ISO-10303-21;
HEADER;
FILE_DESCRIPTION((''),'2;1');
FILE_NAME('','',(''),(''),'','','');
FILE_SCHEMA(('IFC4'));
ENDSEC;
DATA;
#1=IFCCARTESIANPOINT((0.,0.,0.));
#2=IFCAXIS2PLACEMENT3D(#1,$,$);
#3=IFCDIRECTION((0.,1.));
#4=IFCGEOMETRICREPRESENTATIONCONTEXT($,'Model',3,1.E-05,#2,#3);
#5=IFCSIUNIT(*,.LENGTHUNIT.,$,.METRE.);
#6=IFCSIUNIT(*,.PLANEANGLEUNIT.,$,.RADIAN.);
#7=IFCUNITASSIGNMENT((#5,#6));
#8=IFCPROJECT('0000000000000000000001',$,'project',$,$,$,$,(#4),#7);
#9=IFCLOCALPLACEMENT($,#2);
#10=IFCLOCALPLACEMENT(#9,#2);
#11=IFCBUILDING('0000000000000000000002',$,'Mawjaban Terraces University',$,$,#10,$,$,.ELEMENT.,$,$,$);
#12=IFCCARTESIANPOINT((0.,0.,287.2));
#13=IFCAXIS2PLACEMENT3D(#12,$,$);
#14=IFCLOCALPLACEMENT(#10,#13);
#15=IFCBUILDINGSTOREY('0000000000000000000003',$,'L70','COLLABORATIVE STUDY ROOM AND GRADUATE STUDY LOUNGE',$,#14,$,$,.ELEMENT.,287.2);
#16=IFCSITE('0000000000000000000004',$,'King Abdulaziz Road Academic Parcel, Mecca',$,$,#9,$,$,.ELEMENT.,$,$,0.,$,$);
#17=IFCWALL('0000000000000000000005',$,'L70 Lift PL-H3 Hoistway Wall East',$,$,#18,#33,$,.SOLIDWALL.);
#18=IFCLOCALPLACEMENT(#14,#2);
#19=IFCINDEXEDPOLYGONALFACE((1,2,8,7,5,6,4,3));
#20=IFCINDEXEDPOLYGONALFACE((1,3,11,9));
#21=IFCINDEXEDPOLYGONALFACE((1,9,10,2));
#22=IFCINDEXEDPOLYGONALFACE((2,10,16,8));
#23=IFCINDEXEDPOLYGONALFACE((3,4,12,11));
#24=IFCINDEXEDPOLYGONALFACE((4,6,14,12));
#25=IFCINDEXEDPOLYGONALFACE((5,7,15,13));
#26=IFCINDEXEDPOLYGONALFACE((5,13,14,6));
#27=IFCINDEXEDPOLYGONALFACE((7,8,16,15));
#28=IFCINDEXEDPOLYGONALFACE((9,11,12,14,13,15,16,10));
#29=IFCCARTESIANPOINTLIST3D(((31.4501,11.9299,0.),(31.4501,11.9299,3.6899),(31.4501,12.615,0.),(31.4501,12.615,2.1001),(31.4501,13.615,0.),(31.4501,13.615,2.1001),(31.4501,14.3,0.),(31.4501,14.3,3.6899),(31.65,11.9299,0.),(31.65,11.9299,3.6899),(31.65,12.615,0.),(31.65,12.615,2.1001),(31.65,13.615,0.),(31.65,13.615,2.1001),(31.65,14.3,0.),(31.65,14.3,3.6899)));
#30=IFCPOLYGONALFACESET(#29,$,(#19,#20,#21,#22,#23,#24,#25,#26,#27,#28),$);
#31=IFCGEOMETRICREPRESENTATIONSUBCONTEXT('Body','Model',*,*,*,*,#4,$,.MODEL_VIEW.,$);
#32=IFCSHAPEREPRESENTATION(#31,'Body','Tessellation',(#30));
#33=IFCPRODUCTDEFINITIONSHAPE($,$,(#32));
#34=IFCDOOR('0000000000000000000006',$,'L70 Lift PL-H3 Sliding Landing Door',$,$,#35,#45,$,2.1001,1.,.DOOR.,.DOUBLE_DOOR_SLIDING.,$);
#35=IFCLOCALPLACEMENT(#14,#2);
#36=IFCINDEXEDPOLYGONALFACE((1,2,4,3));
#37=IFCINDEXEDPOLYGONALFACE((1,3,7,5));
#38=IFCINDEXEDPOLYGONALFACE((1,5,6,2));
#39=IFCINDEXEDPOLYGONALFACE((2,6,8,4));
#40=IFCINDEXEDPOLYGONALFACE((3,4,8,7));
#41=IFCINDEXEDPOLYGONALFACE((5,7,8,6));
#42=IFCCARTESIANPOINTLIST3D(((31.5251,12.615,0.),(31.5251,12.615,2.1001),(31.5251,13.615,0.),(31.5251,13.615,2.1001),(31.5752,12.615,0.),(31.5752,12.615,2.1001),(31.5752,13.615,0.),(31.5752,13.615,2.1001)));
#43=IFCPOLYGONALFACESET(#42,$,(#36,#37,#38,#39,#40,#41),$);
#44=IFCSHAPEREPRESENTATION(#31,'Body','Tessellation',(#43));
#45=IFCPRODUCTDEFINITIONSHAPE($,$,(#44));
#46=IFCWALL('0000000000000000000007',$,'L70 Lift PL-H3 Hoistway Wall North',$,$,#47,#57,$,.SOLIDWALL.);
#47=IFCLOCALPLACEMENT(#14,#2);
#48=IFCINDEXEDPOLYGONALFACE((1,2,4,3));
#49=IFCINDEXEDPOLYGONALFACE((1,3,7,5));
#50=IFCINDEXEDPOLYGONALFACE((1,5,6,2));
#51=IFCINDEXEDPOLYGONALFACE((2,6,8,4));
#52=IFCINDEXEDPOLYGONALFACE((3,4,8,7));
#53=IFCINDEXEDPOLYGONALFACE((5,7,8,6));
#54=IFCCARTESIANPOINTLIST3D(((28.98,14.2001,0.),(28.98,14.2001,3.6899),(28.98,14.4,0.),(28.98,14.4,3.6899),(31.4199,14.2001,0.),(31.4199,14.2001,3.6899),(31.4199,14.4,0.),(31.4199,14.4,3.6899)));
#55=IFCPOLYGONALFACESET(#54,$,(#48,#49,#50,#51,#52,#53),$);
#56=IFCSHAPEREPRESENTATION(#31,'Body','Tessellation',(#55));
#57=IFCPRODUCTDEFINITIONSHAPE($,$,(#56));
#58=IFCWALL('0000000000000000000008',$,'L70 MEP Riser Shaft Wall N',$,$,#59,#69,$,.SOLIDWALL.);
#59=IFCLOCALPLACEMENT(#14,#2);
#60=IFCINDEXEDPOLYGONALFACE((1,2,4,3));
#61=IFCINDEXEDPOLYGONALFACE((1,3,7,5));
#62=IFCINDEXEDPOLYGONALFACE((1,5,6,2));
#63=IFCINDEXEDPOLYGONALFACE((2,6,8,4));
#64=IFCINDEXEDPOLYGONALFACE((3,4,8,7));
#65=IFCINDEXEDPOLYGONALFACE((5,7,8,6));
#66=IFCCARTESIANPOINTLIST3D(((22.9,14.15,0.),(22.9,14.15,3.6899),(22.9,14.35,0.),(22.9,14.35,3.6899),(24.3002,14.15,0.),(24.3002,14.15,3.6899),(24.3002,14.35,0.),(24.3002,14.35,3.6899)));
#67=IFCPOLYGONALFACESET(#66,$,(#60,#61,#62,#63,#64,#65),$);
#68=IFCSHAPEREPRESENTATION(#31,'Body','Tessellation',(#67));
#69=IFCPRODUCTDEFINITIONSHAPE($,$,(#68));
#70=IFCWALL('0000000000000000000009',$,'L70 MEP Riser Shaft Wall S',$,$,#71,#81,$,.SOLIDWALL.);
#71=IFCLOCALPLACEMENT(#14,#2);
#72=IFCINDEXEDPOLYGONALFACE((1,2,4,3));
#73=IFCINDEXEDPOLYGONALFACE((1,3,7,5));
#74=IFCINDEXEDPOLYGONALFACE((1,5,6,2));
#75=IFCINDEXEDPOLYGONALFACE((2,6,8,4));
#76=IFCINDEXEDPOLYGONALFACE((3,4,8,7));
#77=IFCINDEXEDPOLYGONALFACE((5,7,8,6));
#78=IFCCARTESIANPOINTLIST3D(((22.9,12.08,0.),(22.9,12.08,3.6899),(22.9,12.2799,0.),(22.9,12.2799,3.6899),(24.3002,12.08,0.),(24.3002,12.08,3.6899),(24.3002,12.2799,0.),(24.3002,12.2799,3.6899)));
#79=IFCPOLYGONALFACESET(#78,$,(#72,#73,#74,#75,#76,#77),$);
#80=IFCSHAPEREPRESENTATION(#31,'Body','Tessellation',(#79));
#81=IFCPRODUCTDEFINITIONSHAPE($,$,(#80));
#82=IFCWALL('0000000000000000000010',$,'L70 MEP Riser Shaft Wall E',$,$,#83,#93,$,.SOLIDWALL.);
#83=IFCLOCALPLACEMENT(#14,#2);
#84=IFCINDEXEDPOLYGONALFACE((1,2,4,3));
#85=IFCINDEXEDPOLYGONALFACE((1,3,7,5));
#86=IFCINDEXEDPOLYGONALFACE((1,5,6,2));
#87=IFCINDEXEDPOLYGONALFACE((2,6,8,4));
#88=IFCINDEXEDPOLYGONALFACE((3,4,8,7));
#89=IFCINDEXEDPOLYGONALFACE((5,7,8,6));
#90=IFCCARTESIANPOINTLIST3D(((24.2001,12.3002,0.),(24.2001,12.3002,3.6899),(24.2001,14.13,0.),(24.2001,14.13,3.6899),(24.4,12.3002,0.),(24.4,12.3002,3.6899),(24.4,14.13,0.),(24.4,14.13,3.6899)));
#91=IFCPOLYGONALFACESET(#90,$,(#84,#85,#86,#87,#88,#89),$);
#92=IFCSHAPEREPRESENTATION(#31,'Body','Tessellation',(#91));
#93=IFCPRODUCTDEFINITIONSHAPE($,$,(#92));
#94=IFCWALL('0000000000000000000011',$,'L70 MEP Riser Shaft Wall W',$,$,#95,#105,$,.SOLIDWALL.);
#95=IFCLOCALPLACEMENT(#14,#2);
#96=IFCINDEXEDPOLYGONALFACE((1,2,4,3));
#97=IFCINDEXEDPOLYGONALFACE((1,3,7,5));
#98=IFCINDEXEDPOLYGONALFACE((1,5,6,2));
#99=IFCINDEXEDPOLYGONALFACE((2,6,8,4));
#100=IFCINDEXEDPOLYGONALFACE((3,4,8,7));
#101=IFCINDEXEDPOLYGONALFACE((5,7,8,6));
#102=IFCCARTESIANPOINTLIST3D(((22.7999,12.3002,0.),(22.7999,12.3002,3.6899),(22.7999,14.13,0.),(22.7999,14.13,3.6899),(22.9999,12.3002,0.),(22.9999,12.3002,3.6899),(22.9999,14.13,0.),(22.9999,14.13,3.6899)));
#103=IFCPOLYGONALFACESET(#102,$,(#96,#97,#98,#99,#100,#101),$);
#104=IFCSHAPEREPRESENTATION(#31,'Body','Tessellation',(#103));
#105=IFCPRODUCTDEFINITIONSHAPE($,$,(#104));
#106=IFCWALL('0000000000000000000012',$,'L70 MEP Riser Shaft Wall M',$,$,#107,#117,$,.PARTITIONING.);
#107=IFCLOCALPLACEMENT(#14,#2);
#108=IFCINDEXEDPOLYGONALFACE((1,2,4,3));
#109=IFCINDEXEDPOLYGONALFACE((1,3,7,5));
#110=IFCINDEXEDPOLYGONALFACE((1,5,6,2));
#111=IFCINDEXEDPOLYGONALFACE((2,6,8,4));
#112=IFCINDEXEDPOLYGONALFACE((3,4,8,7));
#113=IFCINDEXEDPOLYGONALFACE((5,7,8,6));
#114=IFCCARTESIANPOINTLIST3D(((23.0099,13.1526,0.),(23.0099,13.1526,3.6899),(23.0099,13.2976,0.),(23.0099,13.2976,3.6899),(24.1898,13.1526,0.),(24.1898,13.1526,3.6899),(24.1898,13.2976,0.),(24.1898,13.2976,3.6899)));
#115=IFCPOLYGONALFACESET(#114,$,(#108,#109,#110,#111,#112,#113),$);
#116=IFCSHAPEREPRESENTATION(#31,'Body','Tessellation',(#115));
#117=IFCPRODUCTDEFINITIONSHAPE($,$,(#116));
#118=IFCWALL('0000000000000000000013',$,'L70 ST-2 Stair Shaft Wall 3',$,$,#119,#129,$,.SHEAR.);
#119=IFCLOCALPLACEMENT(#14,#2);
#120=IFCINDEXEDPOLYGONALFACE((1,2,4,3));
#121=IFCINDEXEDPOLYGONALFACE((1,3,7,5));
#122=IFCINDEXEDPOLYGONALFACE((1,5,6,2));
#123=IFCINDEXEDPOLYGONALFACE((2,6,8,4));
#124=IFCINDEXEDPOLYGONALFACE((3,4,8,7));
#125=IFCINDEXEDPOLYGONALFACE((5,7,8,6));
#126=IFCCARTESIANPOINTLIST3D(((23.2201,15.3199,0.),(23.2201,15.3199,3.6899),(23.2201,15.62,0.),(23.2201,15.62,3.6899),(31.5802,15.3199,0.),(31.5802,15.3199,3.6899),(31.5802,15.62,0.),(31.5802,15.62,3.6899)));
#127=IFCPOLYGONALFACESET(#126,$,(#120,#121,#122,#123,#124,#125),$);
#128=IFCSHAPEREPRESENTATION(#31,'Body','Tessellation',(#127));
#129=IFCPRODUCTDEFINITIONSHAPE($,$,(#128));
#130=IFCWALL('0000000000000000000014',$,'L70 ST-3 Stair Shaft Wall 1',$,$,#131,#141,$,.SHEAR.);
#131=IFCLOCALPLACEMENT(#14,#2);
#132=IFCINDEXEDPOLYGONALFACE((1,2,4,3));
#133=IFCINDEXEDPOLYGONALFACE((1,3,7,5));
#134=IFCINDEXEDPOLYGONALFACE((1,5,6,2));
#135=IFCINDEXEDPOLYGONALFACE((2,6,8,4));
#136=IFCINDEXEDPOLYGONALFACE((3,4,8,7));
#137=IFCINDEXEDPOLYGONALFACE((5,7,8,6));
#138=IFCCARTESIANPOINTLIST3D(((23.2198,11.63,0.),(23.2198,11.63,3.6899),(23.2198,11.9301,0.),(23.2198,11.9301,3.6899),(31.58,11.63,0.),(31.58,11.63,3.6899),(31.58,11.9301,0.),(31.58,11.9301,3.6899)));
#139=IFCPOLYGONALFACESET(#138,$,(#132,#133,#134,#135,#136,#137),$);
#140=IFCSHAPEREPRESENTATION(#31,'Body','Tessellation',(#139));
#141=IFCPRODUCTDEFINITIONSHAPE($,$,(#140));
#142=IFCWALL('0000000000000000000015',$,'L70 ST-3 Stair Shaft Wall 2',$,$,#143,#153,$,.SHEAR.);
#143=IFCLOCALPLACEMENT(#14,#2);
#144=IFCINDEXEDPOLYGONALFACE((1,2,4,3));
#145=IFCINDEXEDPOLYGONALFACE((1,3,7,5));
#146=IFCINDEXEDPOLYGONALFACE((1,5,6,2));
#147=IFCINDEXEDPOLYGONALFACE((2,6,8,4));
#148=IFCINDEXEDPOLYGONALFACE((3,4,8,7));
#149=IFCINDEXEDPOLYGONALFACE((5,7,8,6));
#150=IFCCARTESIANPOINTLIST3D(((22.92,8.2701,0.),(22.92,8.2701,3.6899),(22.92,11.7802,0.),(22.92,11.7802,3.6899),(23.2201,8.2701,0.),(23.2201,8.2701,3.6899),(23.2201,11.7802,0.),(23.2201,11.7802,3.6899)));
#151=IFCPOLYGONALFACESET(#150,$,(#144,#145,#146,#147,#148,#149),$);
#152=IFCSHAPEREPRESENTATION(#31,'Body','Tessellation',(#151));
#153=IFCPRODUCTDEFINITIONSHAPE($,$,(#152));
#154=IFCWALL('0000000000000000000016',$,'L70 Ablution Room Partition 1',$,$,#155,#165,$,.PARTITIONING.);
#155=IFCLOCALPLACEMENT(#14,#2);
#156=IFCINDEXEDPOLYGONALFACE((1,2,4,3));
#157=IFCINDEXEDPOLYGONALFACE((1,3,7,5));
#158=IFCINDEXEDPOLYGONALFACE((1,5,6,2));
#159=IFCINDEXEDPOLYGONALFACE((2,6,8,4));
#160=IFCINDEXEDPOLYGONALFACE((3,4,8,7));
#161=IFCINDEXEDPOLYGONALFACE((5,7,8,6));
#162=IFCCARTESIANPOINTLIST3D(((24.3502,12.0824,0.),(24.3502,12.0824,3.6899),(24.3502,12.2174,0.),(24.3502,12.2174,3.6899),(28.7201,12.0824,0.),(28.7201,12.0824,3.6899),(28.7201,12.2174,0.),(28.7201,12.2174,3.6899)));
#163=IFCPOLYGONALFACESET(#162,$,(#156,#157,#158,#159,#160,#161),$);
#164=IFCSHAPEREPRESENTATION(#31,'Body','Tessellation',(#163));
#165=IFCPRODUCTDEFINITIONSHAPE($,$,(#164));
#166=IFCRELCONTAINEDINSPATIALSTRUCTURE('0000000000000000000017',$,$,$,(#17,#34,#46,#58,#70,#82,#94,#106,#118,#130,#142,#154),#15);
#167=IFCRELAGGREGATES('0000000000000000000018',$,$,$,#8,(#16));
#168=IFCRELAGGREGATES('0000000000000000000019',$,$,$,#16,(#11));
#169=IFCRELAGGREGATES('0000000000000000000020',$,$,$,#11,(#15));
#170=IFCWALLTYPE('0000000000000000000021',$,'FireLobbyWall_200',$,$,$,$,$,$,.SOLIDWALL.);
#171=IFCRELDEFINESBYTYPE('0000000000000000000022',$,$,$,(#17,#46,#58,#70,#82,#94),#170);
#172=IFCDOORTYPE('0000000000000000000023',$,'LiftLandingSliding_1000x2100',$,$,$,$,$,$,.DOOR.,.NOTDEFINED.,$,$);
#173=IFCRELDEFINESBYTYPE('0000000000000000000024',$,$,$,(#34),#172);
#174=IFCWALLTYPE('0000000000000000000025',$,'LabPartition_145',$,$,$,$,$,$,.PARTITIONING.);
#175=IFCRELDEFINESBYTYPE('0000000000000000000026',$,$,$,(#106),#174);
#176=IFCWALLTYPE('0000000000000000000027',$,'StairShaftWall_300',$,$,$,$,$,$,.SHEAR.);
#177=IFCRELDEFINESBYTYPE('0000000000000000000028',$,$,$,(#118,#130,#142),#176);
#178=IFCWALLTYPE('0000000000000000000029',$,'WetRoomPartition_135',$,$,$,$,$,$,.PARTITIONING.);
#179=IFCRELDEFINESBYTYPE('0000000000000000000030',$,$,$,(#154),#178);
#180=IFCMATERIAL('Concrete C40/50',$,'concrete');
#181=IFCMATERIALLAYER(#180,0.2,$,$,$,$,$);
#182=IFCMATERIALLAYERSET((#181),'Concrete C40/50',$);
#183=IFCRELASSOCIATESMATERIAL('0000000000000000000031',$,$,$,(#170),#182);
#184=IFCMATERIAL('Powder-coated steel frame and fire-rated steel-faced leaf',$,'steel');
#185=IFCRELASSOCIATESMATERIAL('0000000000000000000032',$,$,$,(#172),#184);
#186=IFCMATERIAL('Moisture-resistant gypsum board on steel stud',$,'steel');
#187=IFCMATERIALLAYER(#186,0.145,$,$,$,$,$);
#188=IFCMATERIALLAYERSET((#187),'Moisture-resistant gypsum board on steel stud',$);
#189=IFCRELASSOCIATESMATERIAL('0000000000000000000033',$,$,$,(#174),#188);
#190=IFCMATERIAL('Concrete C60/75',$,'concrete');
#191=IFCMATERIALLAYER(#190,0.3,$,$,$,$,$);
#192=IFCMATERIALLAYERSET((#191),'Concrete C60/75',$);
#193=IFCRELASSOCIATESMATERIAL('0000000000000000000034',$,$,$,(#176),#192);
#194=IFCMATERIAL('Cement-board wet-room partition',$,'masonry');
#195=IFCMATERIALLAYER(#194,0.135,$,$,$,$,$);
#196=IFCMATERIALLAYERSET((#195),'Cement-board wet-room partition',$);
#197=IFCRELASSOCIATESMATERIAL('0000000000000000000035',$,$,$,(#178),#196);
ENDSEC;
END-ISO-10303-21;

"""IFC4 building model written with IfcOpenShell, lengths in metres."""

from ifc_helpers import new_model, si_unit, direction, frame, frame_2d, origin, place, context, subcontext, project, spatial, rectangle, extrude, material, layer, layer_set, type_object, element, fill, save


model = new_model("IFC4")

# Units and contexts
model_context = context("Model", 3, precision=1e-05, world=origin(), true_north=direction((0.0, 1.0)))
body_context = subcontext(model_context, "Body", "Model", "MODEL_VIEW")
ifc_project = project(units=[si_unit("LENGTHUNIT", "METRE"), si_unit("PLANEANGLEUNIT", "RADIAN")], contexts=[model_context])

# Site, building, storey
site_placement = place(None, origin())
site = spatial("IfcSite", under=ifc_project, at=site_placement, Name="King Abdulaziz Road Academic Parcel, Mecca", CompositionType="ELEMENT", RefElevation=0.0)
building_placement = place(site_placement, origin())
building = spatial("IfcBuilding", under=site, at=building_placement, Name="Mawjaban Terraces University", CompositionType="ELEMENT")
storey_placement = place(building_placement, frame((0.0, 0.0, 287.2)))
storey = spatial("IfcBuildingStorey", under=building, at=storey_placement, Name="L70", Description="COLLABORATIVE STUDY ROOM AND GRADUATE STUDY LOUNGE", CompositionType="ELEMENT", Elevation=287.2)

# Shared definitions
ifc_material_1 = material(Name="Concrete C40/50", Category="concrete")
ifc_layer_1 = layer(ifc_material_1, 0.2)
ifc_layer_set_1 = layer_set([ifc_layer_1], Name="Concrete C40/50")
wall_type_1 = type_object("IfcWallType", Name="FireLobbyWall_200", PredefinedType="SOLIDWALL", material=ifc_layer_set_1)
ifc_material_2 = material(Name="Powder-coated steel frame and fire-rated steel-faced leaf", Category="steel")
door_type_1 = type_object("IfcDoorType", Name="LiftLandingSliding_1000x2100", OperationType="NOTDEFINED", PredefinedType="DOOR", material=ifc_material_2)

# Wall, opening, door
wall_1_placement = place(storey_placement, frame((31.55, 11.9299, 0.0), z_axis=(0.0, 0.0, 1.0), x_axis=(0.0, 1.0, 0.0)))
wall_1 = element("IfcWall", 1, at=wall_1_placement, inside=storey, type_object=wall_type_1, Name="L70 Lift PL-H3 Hoistway Wall East", PredefinedType="SOLIDWALL", context=body_context, shape_type="SweptSolid", body=[
    extrude(rectangle(XDim=2.3701, YDim=0.2, at=frame_2d((1.1851, 0.0))), origin(), (0.0, 0.0, 1.0), 3.6899),
])
opening_1_placement = place(wall_1_placement, frame((0.6851, 0.0, 0.0)))
opening_1 = element("IfcOpeningElement", 2, at=opening_1_placement, cuts=wall_1, PredefinedType="OPENING", context=body_context, shape_type="SweptSolid", body=[
    extrude(rectangle(XDim=1.0, YDim=2.1001, at=frame_2d((0.5, 1.05))), frame((0.0, 0.1099, 0.0), z_axis=(0.0, -1.0, 0.0), x_axis=(1.0, 0.0, 0.0)), (0.0, 0.0, 1.0), 0.22),
])
door_1_placement = place(opening_1_placement, origin())
door_1 = element("IfcDoor", 3, at=door_1_placement, inside=storey, type_object=door_type_1, Name="L70 Lift PL-H3 Sliding Landing Door", OperationType="DOUBLE_DOOR_SLIDING", OverallHeight=2.1001, OverallWidth=1.0, PredefinedType="DOOR", context=body_context, shape_type="SweptSolid", body=[
    extrude(rectangle(XDim=1.0, YDim=2.1001, at=frame_2d((0.5, 1.05))), frame((0.0, 0.0249, 0.0), z_axis=(0.0, -1.0, 0.0), x_axis=(1.0, 0.0, 0.0)), (0.0, 0.0, 1.0), 0.05),
])
fill(opening_1, door_1)

# Walls
wall_2_placement = place(storey_placement, frame((31.4199, 14.3, 0.0), z_axis=(0.0, 0.0, 1.0), x_axis=(-1.0, 0.0, 0.0)))
element("IfcWall", 4, at=wall_2_placement, inside=storey, type_object=wall_type_1, Name="L70 Lift PL-H3 Hoistway Wall North", PredefinedType="SOLIDWALL", context=body_context, shape_type="SweptSolid", body=[
    extrude(rectangle(XDim=2.4399, YDim=0.2, at=frame_2d((1.22, 0.0))), origin(), (0.0, 0.0, 1.0), 3.6899),
])
for number, where, z_axis, x_axis, name in (
    (5, (22.8999, 14.25, 0.0), (0.0, 0.0, 1.0), (1.0, 0.0, 0.0), "L70 MEP Riser Shaft Wall N"),
    (6, (22.8999, 12.1799, 0.0), (0.0, 0.0, 1.0), (1.0, 0.0, 0.0), "L70 MEP Riser Shaft Wall S"),
):
    element("IfcWall", number, at=place(storey_placement, frame(where, z_axis=z_axis, x_axis=x_axis)), inside=storey, type_object=wall_type_1, Name=name, PredefinedType="SOLIDWALL", context=body_context, shape_type="SweptSolid", body=[
        extrude(rectangle(XDim=1.4001, YDim=0.2, at=frame_2d((0.7002, 0.0))), origin(), (0.0, 0.0, 1.0), 3.6899),
    ])
for number, where, z_axis, x_axis, name in (
    (7, (24.3, 12.3, 0.0), (0.0, 0.0, 1.0), (0.0, 1.0, 0.0), "L70 MEP Riser Shaft Wall E"),
    (8, (22.8999, 12.3, 0.0), (0.0, 0.0, 1.0), (0.0, 1.0, 0.0), "L70 MEP Riser Shaft Wall W"),
):
    element("IfcWall", number, at=place(storey_placement, frame(where, z_axis=z_axis, x_axis=x_axis)), inside=storey, type_object=wall_type_1, Name=name, PredefinedType="SOLIDWALL", context=body_context, shape_type="SweptSolid", body=[
        extrude(rectangle(XDim=1.8298, YDim=0.2, at=frame_2d((0.915, 0.0))), origin(), (0.0, 0.0, 1.0), 3.6899),
    ])
ifc_material_3 = material(Name="Moisture-resistant gypsum board on steel stud", Category="steel")
ifc_layer_2 = layer(ifc_material_3, 0.145)
ifc_layer_set_2 = layer_set([ifc_layer_2], Name="Moisture-resistant gypsum board on steel stud")
wall_type_2 = type_object("IfcWallType", Name="LabPartition_145", PredefinedType="PARTITIONING", material=ifc_layer_set_2)
wall_3_placement = place(storey_placement, frame((23.01, 13.2251, 0.0), z_axis=(0.0, 0.0, 1.0), x_axis=(1.0, 0.0, 0.0)))
element("IfcWall", 9, at=wall_3_placement, inside=storey, type_object=wall_type_2, Name="L70 MEP Riser Shaft Wall M", PredefinedType="PARTITIONING", context=body_context, shape_type="SweptSolid", body=[
    extrude(rectangle(XDim=1.1799, YDim=0.145, at=frame_2d((0.5898, 0.0))), origin(), (0.0, 0.0, 1.0), 3.6899),
])
ifc_material_4 = material(Name="Concrete C60/75", Category="concrete")
ifc_layer_3 = layer(ifc_material_4, 0.3)
ifc_layer_set_3 = layer_set([ifc_layer_3], Name="Concrete C60/75")
wall_type_3 = type_object("IfcWallType", Name="StairShaftWall_300", PredefinedType="SHEAR", material=ifc_layer_set_3)
wall_4_placement = place(storey_placement, frame((23.22, 15.47, 0.0), z_axis=(0.0, 0.0, 1.0), x_axis=(1.0, 0.0, 0.0)))
element("IfcWall", 10, at=wall_4_placement, inside=storey, type_object=wall_type_3, Name="L70 ST-2 Stair Shaft Wall 3", PredefinedType="SHEAR", context=body_context, shape_type="SweptSolid", body=[
    extrude(rectangle(XDim=8.3601, YDim=0.3, at=frame_2d((4.1802, 0.0))), origin(), (0.0, 0.0, 1.0), 3.6899),
])

# Walls
wall_5_placement = place(storey_placement, frame((31.5801, 11.78, 0.0), z_axis=(0.0, 0.0, 1.0), x_axis=(-1.0, 0.0, 0.0)))
element("IfcWall", 11, at=wall_5_placement, inside=storey, type_object=wall_type_3, Name="L70 ST-3 Stair Shaft Wall 1", PredefinedType="SHEAR", context=body_context, shape_type="SweptSolid", body=[
    extrude(rectangle(XDim=8.3601, YDim=0.3, at=frame_2d((4.1802, 0.0))), origin(), (0.0, 0.0, 1.0), 3.6899),
])
wall_6_placement = place(storey_placement, frame((23.0701, 11.78, 0.0), z_axis=(0.0, 0.0, 1.0), x_axis=(0.0, -1.0, 0.0)))
element("IfcWall", 12, at=wall_6_placement, inside=storey, type_object=wall_type_3, Name="L70 ST-3 Stair Shaft Wall 2", PredefinedType="SHEAR", context=body_context, shape_type="SweptSolid", body=[
    extrude(rectangle(XDim=3.51, YDim=0.3, at=frame_2d((1.7549, 0.0))), origin(), (0.0, 0.0, 1.0), 3.6899),
])
ifc_material_5 = material(Name="Cement-board wet-room partition", Category="masonry")
ifc_layer_4 = layer(ifc_material_5, 0.135)
ifc_layer_set_4 = layer_set([ifc_layer_4], Name="Cement-board wet-room partition")
wall_type_4 = type_object("IfcWallType", Name="WetRoomPartition_135", PredefinedType="PARTITIONING", material=ifc_layer_set_4)
wall_7_placement = place(storey_placement, frame((24.3501, 12.1499, 0.0), z_axis=(0.0, 0.0, 1.0), x_axis=(1.0, 0.0, 0.0)))
element("IfcWall", 13, at=wall_7_placement, inside=storey, type_object=wall_type_4, Name="L70 Ablution Room Partition 1", PredefinedType="PARTITIONING", context=body_context, shape_type="SweptSolid", body=[
    extrude(rectangle(XDim=4.3699, YDim=0.135, at=frame_2d((2.1851, 0.0))), origin(), (0.0, 0.0, 1.0), 3.6899),
])

save(model, "model.ifc")
